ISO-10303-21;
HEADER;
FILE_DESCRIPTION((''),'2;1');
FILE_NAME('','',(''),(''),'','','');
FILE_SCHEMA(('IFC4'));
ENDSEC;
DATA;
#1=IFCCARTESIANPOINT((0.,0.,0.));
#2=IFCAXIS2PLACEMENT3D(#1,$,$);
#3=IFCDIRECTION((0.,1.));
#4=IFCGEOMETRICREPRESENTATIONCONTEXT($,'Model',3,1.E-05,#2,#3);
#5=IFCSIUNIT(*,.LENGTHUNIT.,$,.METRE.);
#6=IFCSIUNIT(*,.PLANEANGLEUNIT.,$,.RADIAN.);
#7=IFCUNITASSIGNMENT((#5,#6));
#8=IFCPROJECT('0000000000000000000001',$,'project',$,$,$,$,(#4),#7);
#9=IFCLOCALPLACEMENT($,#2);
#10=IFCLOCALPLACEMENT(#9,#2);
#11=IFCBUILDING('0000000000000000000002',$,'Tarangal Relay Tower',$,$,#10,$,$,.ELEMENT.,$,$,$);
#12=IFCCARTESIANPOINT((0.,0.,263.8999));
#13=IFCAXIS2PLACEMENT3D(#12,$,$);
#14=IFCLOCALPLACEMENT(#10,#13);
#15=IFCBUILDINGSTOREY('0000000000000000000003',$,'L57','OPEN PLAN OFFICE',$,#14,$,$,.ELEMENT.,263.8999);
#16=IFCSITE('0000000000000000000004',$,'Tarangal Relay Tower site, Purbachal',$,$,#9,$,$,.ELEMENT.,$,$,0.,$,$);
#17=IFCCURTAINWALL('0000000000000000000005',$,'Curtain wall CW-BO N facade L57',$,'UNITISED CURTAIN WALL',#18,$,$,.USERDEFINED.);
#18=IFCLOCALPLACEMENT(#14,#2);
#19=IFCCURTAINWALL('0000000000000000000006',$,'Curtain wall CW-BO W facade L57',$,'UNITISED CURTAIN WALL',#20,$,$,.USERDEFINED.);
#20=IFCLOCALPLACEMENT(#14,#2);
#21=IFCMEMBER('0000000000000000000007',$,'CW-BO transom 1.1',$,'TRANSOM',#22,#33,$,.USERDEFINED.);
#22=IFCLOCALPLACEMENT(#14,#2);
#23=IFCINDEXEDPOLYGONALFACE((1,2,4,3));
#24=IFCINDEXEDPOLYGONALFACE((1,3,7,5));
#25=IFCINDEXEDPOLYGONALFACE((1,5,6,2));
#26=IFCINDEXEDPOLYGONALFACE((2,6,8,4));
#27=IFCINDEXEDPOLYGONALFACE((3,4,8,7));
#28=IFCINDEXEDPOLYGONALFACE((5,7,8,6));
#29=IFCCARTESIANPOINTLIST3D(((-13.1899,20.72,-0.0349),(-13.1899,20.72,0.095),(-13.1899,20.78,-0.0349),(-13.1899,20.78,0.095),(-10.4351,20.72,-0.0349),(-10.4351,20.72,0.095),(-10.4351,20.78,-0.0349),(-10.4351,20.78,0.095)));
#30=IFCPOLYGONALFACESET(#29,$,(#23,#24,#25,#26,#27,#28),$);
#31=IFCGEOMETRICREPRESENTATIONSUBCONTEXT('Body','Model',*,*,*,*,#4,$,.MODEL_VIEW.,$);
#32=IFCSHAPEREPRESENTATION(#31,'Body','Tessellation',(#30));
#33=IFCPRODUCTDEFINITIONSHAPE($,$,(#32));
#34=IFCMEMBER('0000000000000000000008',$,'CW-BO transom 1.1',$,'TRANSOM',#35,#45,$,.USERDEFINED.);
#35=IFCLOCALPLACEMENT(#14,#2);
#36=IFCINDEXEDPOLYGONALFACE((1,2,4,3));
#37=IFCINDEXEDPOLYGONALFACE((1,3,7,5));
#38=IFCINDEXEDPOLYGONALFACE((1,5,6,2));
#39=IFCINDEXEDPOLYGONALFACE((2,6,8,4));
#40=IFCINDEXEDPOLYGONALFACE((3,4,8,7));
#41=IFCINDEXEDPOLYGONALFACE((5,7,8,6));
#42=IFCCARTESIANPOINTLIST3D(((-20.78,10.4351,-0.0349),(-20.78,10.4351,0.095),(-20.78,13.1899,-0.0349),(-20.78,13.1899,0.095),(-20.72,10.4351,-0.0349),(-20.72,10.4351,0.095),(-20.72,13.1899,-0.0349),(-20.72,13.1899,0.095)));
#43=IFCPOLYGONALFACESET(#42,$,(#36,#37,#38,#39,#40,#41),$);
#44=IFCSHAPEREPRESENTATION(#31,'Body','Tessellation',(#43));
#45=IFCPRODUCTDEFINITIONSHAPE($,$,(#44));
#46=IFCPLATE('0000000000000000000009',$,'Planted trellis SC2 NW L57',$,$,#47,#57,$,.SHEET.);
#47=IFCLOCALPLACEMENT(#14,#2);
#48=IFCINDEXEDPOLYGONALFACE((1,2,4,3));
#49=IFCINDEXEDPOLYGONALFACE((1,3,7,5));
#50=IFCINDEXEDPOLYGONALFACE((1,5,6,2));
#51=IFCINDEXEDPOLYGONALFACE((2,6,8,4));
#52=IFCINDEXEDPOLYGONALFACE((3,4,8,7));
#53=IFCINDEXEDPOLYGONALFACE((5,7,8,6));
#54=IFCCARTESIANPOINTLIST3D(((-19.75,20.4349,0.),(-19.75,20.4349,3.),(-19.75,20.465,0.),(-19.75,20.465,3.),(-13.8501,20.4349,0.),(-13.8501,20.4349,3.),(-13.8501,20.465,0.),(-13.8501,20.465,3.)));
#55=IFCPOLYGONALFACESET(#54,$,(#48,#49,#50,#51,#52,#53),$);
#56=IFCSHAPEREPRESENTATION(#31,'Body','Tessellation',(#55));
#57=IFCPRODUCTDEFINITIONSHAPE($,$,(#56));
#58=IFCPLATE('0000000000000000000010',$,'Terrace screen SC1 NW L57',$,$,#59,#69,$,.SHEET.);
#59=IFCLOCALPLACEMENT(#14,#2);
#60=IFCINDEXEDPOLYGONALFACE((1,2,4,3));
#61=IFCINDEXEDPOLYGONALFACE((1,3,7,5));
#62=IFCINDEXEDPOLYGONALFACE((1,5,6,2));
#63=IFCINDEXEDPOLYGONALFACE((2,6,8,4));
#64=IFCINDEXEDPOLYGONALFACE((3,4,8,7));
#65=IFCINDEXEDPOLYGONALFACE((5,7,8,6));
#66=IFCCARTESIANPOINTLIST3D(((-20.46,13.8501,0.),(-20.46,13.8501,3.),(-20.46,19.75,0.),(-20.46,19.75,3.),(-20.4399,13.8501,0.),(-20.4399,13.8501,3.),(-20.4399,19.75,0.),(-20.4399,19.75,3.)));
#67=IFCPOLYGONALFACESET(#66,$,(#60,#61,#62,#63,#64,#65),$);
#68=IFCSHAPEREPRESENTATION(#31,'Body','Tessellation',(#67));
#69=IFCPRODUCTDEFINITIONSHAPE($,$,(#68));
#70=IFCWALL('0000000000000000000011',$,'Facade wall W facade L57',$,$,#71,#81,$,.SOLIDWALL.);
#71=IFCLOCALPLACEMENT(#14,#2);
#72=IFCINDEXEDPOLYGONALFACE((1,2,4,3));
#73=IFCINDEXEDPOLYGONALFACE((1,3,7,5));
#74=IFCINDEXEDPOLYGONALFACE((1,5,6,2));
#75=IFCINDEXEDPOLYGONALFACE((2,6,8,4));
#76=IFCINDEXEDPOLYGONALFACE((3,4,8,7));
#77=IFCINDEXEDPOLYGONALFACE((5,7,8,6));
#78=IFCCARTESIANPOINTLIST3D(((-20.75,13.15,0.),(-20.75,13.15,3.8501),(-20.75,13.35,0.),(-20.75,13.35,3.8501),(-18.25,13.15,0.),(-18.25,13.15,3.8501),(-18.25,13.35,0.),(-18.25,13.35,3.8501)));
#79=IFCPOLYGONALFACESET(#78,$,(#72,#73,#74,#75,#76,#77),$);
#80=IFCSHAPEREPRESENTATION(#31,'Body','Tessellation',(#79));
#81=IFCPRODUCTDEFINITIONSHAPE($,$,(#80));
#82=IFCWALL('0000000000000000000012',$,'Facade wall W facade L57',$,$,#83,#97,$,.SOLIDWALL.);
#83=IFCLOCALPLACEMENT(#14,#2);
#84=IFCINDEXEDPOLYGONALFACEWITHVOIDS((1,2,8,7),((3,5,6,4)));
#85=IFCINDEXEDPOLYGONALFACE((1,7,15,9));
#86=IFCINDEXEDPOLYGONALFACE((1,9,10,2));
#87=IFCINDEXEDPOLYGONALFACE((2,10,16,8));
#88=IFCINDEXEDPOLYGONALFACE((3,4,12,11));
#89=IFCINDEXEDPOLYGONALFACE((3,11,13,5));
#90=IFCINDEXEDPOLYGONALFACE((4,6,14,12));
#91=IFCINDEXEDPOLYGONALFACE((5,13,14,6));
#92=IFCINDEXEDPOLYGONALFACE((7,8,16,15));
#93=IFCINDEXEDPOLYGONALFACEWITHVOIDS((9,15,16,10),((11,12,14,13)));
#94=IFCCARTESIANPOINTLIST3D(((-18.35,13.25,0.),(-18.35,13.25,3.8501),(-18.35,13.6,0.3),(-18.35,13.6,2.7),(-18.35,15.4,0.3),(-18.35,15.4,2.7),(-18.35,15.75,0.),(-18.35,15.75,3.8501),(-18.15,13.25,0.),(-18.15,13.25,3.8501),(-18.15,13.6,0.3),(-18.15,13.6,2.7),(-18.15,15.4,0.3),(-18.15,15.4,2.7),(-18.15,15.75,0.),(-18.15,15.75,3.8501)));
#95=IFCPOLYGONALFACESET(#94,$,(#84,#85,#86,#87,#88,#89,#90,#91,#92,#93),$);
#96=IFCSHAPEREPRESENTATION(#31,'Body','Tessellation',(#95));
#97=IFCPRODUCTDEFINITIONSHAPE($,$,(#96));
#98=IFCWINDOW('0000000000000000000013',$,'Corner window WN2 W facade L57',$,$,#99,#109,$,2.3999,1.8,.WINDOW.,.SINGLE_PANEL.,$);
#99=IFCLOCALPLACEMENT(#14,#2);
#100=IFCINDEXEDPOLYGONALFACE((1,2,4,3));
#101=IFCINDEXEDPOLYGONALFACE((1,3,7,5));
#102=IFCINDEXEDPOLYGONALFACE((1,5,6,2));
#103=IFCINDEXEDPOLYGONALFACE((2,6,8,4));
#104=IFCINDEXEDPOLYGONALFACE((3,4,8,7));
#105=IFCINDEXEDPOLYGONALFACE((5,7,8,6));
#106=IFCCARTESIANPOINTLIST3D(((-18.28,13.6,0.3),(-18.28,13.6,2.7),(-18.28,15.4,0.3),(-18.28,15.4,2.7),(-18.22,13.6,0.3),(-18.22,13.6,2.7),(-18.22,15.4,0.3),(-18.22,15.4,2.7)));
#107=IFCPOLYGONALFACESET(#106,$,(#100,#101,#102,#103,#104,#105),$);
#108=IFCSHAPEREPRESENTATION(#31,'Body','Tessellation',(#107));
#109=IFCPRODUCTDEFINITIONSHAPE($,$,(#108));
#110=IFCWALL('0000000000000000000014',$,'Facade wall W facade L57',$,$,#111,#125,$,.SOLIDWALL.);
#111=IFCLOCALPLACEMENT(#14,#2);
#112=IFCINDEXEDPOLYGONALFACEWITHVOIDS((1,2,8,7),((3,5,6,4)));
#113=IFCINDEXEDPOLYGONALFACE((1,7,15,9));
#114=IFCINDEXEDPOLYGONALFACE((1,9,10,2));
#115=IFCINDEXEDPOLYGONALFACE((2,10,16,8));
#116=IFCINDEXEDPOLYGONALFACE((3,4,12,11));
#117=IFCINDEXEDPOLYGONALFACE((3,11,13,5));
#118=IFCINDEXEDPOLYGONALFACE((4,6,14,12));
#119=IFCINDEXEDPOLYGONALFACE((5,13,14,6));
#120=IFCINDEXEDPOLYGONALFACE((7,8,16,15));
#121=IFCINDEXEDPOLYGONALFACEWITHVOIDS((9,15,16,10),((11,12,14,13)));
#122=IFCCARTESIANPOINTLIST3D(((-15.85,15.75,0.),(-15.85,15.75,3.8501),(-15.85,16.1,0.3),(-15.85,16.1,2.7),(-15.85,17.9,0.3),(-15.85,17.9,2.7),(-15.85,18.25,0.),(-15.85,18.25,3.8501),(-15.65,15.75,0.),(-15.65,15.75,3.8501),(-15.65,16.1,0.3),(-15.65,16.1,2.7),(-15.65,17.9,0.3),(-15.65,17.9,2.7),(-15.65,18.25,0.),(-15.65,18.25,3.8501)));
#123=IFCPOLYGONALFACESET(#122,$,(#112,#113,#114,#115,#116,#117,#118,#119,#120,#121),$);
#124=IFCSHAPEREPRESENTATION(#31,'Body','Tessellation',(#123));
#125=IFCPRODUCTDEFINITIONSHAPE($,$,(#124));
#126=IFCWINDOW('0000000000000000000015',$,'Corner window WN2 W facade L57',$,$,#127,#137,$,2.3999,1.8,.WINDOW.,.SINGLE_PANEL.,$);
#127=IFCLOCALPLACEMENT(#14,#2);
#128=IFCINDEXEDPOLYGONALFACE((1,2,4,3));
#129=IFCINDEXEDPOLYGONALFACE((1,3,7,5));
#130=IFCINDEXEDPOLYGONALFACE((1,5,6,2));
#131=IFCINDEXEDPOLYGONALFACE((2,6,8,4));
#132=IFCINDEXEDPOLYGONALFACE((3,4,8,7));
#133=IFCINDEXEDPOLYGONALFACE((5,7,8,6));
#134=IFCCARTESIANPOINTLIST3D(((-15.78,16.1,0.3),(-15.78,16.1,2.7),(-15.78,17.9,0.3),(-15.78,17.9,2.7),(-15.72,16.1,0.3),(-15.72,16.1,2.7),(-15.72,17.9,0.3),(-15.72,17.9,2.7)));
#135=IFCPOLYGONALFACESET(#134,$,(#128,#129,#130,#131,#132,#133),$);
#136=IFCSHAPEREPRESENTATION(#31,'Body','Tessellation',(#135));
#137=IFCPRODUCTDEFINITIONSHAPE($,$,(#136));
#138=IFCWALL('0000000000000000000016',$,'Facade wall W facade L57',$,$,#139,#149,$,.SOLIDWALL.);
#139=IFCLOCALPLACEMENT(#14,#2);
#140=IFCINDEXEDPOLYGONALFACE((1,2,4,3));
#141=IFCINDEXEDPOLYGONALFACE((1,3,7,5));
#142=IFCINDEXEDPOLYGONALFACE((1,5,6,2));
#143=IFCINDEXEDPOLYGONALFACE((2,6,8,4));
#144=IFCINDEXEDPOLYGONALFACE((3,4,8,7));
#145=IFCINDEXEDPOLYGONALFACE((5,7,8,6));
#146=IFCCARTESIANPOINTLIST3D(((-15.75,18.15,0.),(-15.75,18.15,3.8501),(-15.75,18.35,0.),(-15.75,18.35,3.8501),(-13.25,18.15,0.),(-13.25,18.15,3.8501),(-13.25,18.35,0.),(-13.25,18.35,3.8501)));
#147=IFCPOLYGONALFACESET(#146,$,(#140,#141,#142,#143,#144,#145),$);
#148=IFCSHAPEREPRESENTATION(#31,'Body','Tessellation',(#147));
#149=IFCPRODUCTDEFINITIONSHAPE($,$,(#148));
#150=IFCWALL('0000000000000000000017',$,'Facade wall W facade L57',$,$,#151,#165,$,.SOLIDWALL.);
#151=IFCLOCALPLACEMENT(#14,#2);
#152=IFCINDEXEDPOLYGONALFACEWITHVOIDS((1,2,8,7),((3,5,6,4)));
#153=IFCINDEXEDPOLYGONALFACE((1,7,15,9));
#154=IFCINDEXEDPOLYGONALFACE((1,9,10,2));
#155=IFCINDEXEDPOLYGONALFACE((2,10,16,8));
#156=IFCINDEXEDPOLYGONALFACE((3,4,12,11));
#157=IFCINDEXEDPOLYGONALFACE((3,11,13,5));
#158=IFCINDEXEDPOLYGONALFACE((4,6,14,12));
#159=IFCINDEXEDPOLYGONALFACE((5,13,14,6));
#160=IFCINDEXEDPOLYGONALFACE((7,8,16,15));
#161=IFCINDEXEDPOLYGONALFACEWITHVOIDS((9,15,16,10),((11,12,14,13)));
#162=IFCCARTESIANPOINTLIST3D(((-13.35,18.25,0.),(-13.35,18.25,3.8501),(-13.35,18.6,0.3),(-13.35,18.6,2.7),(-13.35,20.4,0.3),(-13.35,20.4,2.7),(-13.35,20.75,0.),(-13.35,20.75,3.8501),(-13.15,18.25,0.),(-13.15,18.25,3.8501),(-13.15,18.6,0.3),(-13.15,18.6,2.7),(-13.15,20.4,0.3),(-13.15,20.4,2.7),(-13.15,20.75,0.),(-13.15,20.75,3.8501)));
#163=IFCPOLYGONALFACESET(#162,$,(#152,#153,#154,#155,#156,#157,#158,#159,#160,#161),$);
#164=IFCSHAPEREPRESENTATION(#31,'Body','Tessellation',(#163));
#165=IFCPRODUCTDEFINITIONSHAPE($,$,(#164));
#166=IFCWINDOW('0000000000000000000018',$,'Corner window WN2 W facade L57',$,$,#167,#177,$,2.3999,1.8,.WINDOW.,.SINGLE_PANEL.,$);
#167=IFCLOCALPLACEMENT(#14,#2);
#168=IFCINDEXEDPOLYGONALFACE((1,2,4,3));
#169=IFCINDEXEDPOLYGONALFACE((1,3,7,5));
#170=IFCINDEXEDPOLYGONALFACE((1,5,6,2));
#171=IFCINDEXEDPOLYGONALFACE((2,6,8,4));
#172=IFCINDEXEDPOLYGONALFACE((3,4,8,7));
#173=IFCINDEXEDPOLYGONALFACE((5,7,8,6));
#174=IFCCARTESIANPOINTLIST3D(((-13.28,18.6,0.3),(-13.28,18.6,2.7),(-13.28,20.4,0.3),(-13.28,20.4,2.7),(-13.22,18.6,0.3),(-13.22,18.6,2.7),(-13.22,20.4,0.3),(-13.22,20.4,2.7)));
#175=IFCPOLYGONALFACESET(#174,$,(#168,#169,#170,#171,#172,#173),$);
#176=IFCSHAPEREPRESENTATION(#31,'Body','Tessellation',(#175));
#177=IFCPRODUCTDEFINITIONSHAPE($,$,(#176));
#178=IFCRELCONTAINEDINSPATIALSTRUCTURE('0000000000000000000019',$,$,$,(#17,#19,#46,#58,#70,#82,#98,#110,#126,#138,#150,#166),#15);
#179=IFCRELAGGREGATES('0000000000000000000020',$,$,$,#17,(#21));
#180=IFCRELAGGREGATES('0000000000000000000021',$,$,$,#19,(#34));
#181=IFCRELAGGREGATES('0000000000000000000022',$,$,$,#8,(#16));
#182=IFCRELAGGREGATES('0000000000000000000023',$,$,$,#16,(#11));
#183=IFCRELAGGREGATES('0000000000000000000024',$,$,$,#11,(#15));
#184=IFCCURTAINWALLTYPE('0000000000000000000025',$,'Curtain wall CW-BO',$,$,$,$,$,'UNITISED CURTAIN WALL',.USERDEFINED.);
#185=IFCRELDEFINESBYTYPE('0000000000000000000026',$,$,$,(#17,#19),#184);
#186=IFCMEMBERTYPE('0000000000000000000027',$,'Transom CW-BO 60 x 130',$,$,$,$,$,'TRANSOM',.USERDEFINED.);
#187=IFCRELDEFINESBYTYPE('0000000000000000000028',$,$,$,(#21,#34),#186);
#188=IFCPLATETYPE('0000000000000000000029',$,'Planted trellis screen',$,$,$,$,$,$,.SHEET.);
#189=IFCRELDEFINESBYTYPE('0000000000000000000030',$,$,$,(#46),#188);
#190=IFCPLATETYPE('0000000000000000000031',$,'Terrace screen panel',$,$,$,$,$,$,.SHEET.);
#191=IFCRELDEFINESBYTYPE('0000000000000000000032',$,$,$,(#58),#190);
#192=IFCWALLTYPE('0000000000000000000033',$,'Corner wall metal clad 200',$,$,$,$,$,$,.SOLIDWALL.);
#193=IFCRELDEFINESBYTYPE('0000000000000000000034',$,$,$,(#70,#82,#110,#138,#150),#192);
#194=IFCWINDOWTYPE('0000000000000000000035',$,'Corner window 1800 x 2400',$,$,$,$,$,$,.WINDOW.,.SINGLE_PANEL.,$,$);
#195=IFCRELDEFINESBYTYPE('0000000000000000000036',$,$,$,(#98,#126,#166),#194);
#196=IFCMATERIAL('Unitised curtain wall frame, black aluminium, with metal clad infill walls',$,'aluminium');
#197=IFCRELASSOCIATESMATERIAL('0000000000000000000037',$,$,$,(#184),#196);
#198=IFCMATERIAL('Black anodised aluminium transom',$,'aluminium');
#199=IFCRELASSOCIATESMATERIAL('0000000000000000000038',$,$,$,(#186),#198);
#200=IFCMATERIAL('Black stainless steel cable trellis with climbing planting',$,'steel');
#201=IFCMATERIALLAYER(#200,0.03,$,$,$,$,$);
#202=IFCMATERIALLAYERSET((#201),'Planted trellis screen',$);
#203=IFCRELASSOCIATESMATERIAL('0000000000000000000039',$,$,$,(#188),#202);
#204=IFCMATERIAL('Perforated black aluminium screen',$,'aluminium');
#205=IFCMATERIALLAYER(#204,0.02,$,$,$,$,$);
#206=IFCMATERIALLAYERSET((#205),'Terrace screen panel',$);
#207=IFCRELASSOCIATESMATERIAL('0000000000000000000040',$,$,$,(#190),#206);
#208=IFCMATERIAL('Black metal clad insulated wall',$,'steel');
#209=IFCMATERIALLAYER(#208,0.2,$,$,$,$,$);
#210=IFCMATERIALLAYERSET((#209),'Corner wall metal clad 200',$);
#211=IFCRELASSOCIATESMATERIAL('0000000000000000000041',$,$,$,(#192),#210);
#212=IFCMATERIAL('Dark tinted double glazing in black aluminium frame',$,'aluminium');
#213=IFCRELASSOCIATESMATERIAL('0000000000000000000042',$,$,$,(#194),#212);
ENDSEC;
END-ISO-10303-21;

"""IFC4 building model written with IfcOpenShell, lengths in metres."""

from ifc_helpers import new_model, si_unit, direction, frame, frame_2d, origin, origin_2d, place, context, subcontext, project, spatial, rectangle, extrude, material, layer, layer_set, material_profile, profile_set, type_object, element, fill, aggregate, save


model = new_model("IFC4")

# Units and contexts
model_context = context("Model", 3, precision=1e-05, world=origin(), true_north=direction((0.0, 1.0)))
body_context = subcontext(model_context, "Body", "Model", "MODEL_VIEW")
ifc_project = project(units=[si_unit("LENGTHUNIT", "METRE"), si_unit("PLANEANGLEUNIT", "RADIAN")], contexts=[model_context])

# Site, building, storey
site_placement = place(None, origin())
site = spatial("IfcSite", under=ifc_project, at=site_placement, Name="Tarangal Relay Tower site, Purbachal", CompositionType="ELEMENT", RefElevation=0.0)
building_placement = place(site_placement, origin())
building = spatial("IfcBuilding", under=site, at=building_placement, Name="Tarangal Relay Tower", CompositionType="ELEMENT")
storey_placement = place(building_placement, frame((0.0, 0.0, 263.8999)))
storey = spatial("IfcBuildingStorey", under=building, at=storey_placement, Name="L57", Description="OPEN PLAN OFFICE", CompositionType="ELEMENT", Elevation=263.8999)

# Curtain walls
ifc_material_1 = material(Name="Unitised curtain wall frame, black aluminium, with metal clad infill walls", Category="aluminium")
curtain_wall_type = type_object("IfcCurtainWallType", Name="Curtain wall CW-BO", ElementType="UNITISED CURTAIN WALL", PredefinedType="USERDEFINED", material=ifc_material_1)
curtain_wall_1_placement = place(storey_placement, origin())
curtain_wall_1 = element("IfcCurtainWall", 1, at=curtain_wall_1_placement, inside=storey, type_object=curtain_wall_type, Name="Curtain wall CW-BO N facade L57", ObjectType="UNITISED CURTAIN WALL", PredefinedType="USERDEFINED")
curtain_wall_2_placement = place(storey_placement, origin())
curtain_wall_2 = element("IfcCurtainWall", 2, at=curtain_wall_2_placement, inside=storey, type_object=curtain_wall_type, Name="Curtain wall CW-BO W facade L57", ObjectType="UNITISED CURTAIN WALL", PredefinedType="USERDEFINED")

# Members
ifc_material_2 = material(Name="Black anodised aluminium transom", Category="aluminium")
ifc_material_profile_1 = material_profile(ifc_material_2, rectangle(XDim=0.0601, YDim=0.1299, at=origin_2d()), Name="CW-BOT 60X130")
ifc_profile_set_1 = profile_set([ifc_material_profile_1], Name="Black anodised aluminium transom")
member_type_1 = type_object("IfcMemberType", Name="Transom CW-BO 60 x 130", ElementType="TRANSOM", PredefinedType="USERDEFINED", material=ifc_profile_set_1)
member_1_placement = place(storey_placement, frame((-13.1899, 20.75, 0.03), z_axis=(1.0, 0.0, 0.0), x_axis=(0.0, 1.0, 0.0)))
member_1 = element("IfcMember", 3, at=member_1_placement, type_object=member_type_1, Name="CW-BO transom 1.1", ObjectType="TRANSOM", PredefinedType="USERDEFINED", context=body_context, shape_type="SweptSolid", body=[
    extrude(rectangle(XDim=0.0601, YDim=0.1299, at=origin_2d()), origin(), (0.0, 0.0, 1.0), 2.7549),
])
aggregate(curtain_wall_1, [member_1])
member_2_placement = place(storey_placement, frame((-20.75, 10.4351, 0.03), z_axis=(0.0, 1.0, 0.0), x_axis=(-1.0, 0.0, 0.0)))
member_2 = element("IfcMember", 4, at=member_2_placement, type_object=member_type_1, Name="CW-BO transom 1.1", ObjectType="TRANSOM", PredefinedType="USERDEFINED", context=body_context, shape_type="SweptSolid", body=[
    extrude(rectangle(XDim=0.0601, YDim=0.1299, at=origin_2d()), origin(), (0.0, 0.0, 1.0), 2.7549),
])
aggregate(curtain_wall_2, [member_2])

# Plates
ifc_material_3 = material(Name="Black stainless steel cable trellis with climbing planting", Category="steel")
ifc_layer_1 = layer(ifc_material_3, 0.03)
ifc_layer_set_1 = layer_set([ifc_layer_1], Name="Planted trellis screen")
plate_type_1 = type_object("IfcPlateType", Name="Planted trellis screen", PredefinedType="SHEET", material=ifc_layer_set_1)
plate_1_placement = place(storey_placement, frame((-16.8, 20.45, 0.0), z_axis=(0.0, 0.0, 1.0), x_axis=(1.0, 0.0, 0.0)))
element("IfcPlate", 5, at=plate_1_placement, inside=storey, type_object=plate_type_1, Name="Planted trellis SC2 NW L57", PredefinedType="SHEET", context=body_context, shape_type="SweptSolid", body=[
    extrude(rectangle(XDim=5.8999, YDim=0.03, at=origin_2d()), origin(), (0.0, 0.0, 1.0), 3.0),
])
ifc_material_4 = material(Name="Perforated black aluminium screen", Category="aluminium")
ifc_layer_2 = layer(ifc_material_4, 0.02)
ifc_layer_set_2 = layer_set([ifc_layer_2], Name="Terrace screen panel")
plate_type_2 = type_object("IfcPlateType", Name="Terrace screen panel", PredefinedType="SHEET", material=ifc_layer_set_2)
plate_2_placement = place(storey_placement, frame((-20.45, 16.8, 0.0), z_axis=(0.0, 0.0, 1.0), x_axis=(0.0, 1.0, 0.0)))
element("IfcPlate", 6, at=plate_2_placement, inside=storey, type_object=plate_type_2, Name="Terrace screen SC1 NW L57", PredefinedType="SHEET", context=body_context, shape_type="SweptSolid", body=[
    extrude(rectangle(XDim=5.8999, YDim=0.02, at=origin_2d()), origin(), (0.0, 0.0, 1.0), 3.0),
])

# Wall
ifc_material_5 = material(Name="Black metal clad insulated wall", Category="steel")
ifc_layer_3 = layer(ifc_material_5, 0.2)
ifc_layer_set_3 = layer_set([ifc_layer_3], Name="Corner wall metal clad 200")
wall_type_1 = type_object("IfcWallType", Name="Corner wall metal clad 200", PredefinedType="SOLIDWALL", material=ifc_layer_set_3)
wall_1_placement = place(storey_placement, frame((-20.75, 13.25, 0.0), z_axis=(0.0, 0.0, 1.0), x_axis=(1.0, 0.0, 0.0)))
element("IfcWall", 7, at=wall_1_placement, inside=storey, type_object=wall_type_1, Name="Facade wall W facade L57", PredefinedType="SOLIDWALL", context=body_context, shape_type="SweptSolid", body=[
    extrude(rectangle(XDim=2.5, YDim=0.2, at=frame_2d((1.25, 0.0))), origin(), (0.0, 0.0, 1.0), 3.8501),
])

# Wall, opening, window
wall_2_placement = place(storey_placement, frame((-18.25, 13.25, 0.0), z_axis=(0.0, 0.0, 1.0), x_axis=(0.0, 1.0, 0.0)))
wall_2 = element("IfcWall", 8, at=wall_2_placement, inside=storey, type_object=wall_type_1, Name="Facade wall W facade L57", PredefinedType="SOLIDWALL", context=body_context, shape_type="SweptSolid", body=[
    extrude(rectangle(XDim=2.5, YDim=0.2, at=frame_2d((1.25, 0.0))), origin(), (0.0, 0.0, 1.0), 3.8501),
])
opening_1_placement = place(wall_2_placement, frame((0.3501, 0.0, 0.3)))
opening_1 = element("IfcOpeningElement", 9, at=opening_1_placement, cuts=wall_2, PredefinedType="OPENING", context=body_context, shape_type="SweptSolid", body=[
    extrude(rectangle(XDim=1.8, YDim=2.3999, at=frame_2d((0.8999, 1.2))), frame((0.0, 0.1099, 0.0), z_axis=(0.0, -1.0, 0.0), x_axis=(1.0, 0.0, 0.0)), (0.0, 0.0, 1.0), 0.22),
])
ifc_material_6 = material(Name="Dark tinted double glazing in black aluminium frame", Category="aluminium")
window_type = type_object("IfcWindowType", Name="Corner window 1800 x 2400", PartitioningType="SINGLE_PANEL", PredefinedType="WINDOW", material=ifc_material_6)
window_1_placement = place(opening_1_placement, origin())
window_1 = element("IfcWindow", 10, at=window_1_placement, inside=storey, type_object=window_type, Name="Corner window WN2 W facade L57", OverallHeight=2.3999, OverallWidth=1.8, PartitioningType="SINGLE_PANEL", PredefinedType="WINDOW", context=body_context, shape_type="SweptSolid", body=[
    extrude(rectangle(XDim=1.8, YDim=2.3999, at=frame_2d((0.8999, 1.2))), frame((0.0, 0.03, 0.0), z_axis=(0.0, -1.0, 0.0), x_axis=(1.0, 0.0, 0.0)), (0.0, 0.0, 1.0), 0.0601),
])
fill(opening_1, window_1)

# Wall, opening, window
wall_3_placement = place(storey_placement, frame((-15.75, 15.75, 0.0), z_axis=(0.0, 0.0, 1.0), x_axis=(0.0, 1.0, 0.0)))
wall_3 = element("IfcWall", 11, at=wall_3_placement, inside=storey, type_object=wall_type_1, Name="Facade wall W facade L57", PredefinedType="SOLIDWALL", context=body_context, shape_type="SweptSolid", body=[
    extrude(rectangle(XDim=2.5, YDim=0.2, at=frame_2d((1.25, 0.0))), origin(), (0.0, 0.0, 1.0), 3.8501),
])
opening_2_placement = place(wall_3_placement, frame((0.3501, 0.0, 0.3)))
opening_2 = element("IfcOpeningElement", 12, at=opening_2_placement, cuts=wall_3, PredefinedType="OPENING", context=body_context, shape_type="SweptSolid", body=[
    extrude(rectangle(XDim=1.8, YDim=2.3999, at=frame_2d((0.8999, 1.2))), frame((0.0, 0.1099, 0.0), z_axis=(0.0, -1.0, 0.0), x_axis=(1.0, 0.0, 0.0)), (0.0, 0.0, 1.0), 0.22),
])
window_2_placement = place(opening_2_placement, origin())
window_2 = element("IfcWindow", 13, at=window_2_placement, inside=storey, type_object=window_type, Name="Corner window WN2 W facade L57", OverallHeight=2.3999, OverallWidth=1.8, PartitioningType="SINGLE_PANEL", PredefinedType="WINDOW", context=body_context, shape_type="SweptSolid", body=[
    extrude(rectangle(XDim=1.8, YDim=2.3999, at=frame_2d((0.8999, 1.2))), frame((0.0, 0.03, 0.0), z_axis=(0.0, -1.0, 0.0), x_axis=(1.0, 0.0, 0.0)), (0.0, 0.0, 1.0), 0.0601),
])
fill(opening_2, window_2)

# Wall
wall_4_placement = place(storey_placement, frame((-15.75, 18.25, 0.0), z_axis=(0.0, 0.0, 1.0), x_axis=(1.0, 0.0, 0.0)))
element("IfcWall", 14, at=wall_4_placement, inside=storey, type_object=wall_type_1, Name="Facade wall W facade L57", PredefinedType="SOLIDWALL", context=body_context, shape_type="SweptSolid", body=[
    extrude(rectangle(XDim=2.5, YDim=0.2, at=frame_2d((1.25, 0.0))), origin(), (0.0, 0.0, 1.0), 3.8501),
])

# Wall, opening, window
wall_5_placement = place(storey_placement, frame((-13.25, 18.25, 0.0), z_axis=(0.0, 0.0, 1.0), x_axis=(0.0, 1.0, 0.0)))
wall_5 = element("IfcWall", 15, at=wall_5_placement, inside=storey, type_object=wall_type_1, Name="Facade wall W facade L57", PredefinedType="SOLIDWALL", context=body_context, shape_type="SweptSolid", body=[
    extrude(rectangle(XDim=2.5, YDim=0.2, at=frame_2d((1.25, 0.0))), origin(), (0.0, 0.0, 1.0), 3.8501),
])
opening_3_placement = place(wall_5_placement, frame((0.3501, 0.0, 0.3)))
opening_3 = element("IfcOpeningElement", 16, at=opening_3_placement, cuts=wall_5, PredefinedType="OPENING", context=body_context, shape_type="SweptSolid", body=[
    extrude(rectangle(XDim=1.8, YDim=2.3999, at=frame_2d((0.8999, 1.2))), frame((0.0, 0.1099, 0.0), z_axis=(0.0, -1.0, 0.0), x_axis=(1.0, 0.0, 0.0)), (0.0, 0.0, 1.0), 0.22),
])
window_3_placement = place(opening_3_placement, origin())
window_3 = element("IfcWindow", 17, at=window_3_placement, inside=storey, type_object=window_type, Name="Corner window WN2 W facade L57", OverallHeight=2.3999, OverallWidth=1.8, PartitioningType="SINGLE_PANEL", PredefinedType="WINDOW", context=body_context, shape_type="SweptSolid", body=[
    extrude(rectangle(XDim=1.8, YDim=2.3999, at=frame_2d((0.8999, 1.2))), frame((0.0, 0.03, 0.0), z_axis=(0.0, -1.0, 0.0), x_axis=(1.0, 0.0, 0.0)), (0.0, 0.0, 1.0), 0.0601),
])
fill(opening_3, window_3)

save(model, "model.ifc")
